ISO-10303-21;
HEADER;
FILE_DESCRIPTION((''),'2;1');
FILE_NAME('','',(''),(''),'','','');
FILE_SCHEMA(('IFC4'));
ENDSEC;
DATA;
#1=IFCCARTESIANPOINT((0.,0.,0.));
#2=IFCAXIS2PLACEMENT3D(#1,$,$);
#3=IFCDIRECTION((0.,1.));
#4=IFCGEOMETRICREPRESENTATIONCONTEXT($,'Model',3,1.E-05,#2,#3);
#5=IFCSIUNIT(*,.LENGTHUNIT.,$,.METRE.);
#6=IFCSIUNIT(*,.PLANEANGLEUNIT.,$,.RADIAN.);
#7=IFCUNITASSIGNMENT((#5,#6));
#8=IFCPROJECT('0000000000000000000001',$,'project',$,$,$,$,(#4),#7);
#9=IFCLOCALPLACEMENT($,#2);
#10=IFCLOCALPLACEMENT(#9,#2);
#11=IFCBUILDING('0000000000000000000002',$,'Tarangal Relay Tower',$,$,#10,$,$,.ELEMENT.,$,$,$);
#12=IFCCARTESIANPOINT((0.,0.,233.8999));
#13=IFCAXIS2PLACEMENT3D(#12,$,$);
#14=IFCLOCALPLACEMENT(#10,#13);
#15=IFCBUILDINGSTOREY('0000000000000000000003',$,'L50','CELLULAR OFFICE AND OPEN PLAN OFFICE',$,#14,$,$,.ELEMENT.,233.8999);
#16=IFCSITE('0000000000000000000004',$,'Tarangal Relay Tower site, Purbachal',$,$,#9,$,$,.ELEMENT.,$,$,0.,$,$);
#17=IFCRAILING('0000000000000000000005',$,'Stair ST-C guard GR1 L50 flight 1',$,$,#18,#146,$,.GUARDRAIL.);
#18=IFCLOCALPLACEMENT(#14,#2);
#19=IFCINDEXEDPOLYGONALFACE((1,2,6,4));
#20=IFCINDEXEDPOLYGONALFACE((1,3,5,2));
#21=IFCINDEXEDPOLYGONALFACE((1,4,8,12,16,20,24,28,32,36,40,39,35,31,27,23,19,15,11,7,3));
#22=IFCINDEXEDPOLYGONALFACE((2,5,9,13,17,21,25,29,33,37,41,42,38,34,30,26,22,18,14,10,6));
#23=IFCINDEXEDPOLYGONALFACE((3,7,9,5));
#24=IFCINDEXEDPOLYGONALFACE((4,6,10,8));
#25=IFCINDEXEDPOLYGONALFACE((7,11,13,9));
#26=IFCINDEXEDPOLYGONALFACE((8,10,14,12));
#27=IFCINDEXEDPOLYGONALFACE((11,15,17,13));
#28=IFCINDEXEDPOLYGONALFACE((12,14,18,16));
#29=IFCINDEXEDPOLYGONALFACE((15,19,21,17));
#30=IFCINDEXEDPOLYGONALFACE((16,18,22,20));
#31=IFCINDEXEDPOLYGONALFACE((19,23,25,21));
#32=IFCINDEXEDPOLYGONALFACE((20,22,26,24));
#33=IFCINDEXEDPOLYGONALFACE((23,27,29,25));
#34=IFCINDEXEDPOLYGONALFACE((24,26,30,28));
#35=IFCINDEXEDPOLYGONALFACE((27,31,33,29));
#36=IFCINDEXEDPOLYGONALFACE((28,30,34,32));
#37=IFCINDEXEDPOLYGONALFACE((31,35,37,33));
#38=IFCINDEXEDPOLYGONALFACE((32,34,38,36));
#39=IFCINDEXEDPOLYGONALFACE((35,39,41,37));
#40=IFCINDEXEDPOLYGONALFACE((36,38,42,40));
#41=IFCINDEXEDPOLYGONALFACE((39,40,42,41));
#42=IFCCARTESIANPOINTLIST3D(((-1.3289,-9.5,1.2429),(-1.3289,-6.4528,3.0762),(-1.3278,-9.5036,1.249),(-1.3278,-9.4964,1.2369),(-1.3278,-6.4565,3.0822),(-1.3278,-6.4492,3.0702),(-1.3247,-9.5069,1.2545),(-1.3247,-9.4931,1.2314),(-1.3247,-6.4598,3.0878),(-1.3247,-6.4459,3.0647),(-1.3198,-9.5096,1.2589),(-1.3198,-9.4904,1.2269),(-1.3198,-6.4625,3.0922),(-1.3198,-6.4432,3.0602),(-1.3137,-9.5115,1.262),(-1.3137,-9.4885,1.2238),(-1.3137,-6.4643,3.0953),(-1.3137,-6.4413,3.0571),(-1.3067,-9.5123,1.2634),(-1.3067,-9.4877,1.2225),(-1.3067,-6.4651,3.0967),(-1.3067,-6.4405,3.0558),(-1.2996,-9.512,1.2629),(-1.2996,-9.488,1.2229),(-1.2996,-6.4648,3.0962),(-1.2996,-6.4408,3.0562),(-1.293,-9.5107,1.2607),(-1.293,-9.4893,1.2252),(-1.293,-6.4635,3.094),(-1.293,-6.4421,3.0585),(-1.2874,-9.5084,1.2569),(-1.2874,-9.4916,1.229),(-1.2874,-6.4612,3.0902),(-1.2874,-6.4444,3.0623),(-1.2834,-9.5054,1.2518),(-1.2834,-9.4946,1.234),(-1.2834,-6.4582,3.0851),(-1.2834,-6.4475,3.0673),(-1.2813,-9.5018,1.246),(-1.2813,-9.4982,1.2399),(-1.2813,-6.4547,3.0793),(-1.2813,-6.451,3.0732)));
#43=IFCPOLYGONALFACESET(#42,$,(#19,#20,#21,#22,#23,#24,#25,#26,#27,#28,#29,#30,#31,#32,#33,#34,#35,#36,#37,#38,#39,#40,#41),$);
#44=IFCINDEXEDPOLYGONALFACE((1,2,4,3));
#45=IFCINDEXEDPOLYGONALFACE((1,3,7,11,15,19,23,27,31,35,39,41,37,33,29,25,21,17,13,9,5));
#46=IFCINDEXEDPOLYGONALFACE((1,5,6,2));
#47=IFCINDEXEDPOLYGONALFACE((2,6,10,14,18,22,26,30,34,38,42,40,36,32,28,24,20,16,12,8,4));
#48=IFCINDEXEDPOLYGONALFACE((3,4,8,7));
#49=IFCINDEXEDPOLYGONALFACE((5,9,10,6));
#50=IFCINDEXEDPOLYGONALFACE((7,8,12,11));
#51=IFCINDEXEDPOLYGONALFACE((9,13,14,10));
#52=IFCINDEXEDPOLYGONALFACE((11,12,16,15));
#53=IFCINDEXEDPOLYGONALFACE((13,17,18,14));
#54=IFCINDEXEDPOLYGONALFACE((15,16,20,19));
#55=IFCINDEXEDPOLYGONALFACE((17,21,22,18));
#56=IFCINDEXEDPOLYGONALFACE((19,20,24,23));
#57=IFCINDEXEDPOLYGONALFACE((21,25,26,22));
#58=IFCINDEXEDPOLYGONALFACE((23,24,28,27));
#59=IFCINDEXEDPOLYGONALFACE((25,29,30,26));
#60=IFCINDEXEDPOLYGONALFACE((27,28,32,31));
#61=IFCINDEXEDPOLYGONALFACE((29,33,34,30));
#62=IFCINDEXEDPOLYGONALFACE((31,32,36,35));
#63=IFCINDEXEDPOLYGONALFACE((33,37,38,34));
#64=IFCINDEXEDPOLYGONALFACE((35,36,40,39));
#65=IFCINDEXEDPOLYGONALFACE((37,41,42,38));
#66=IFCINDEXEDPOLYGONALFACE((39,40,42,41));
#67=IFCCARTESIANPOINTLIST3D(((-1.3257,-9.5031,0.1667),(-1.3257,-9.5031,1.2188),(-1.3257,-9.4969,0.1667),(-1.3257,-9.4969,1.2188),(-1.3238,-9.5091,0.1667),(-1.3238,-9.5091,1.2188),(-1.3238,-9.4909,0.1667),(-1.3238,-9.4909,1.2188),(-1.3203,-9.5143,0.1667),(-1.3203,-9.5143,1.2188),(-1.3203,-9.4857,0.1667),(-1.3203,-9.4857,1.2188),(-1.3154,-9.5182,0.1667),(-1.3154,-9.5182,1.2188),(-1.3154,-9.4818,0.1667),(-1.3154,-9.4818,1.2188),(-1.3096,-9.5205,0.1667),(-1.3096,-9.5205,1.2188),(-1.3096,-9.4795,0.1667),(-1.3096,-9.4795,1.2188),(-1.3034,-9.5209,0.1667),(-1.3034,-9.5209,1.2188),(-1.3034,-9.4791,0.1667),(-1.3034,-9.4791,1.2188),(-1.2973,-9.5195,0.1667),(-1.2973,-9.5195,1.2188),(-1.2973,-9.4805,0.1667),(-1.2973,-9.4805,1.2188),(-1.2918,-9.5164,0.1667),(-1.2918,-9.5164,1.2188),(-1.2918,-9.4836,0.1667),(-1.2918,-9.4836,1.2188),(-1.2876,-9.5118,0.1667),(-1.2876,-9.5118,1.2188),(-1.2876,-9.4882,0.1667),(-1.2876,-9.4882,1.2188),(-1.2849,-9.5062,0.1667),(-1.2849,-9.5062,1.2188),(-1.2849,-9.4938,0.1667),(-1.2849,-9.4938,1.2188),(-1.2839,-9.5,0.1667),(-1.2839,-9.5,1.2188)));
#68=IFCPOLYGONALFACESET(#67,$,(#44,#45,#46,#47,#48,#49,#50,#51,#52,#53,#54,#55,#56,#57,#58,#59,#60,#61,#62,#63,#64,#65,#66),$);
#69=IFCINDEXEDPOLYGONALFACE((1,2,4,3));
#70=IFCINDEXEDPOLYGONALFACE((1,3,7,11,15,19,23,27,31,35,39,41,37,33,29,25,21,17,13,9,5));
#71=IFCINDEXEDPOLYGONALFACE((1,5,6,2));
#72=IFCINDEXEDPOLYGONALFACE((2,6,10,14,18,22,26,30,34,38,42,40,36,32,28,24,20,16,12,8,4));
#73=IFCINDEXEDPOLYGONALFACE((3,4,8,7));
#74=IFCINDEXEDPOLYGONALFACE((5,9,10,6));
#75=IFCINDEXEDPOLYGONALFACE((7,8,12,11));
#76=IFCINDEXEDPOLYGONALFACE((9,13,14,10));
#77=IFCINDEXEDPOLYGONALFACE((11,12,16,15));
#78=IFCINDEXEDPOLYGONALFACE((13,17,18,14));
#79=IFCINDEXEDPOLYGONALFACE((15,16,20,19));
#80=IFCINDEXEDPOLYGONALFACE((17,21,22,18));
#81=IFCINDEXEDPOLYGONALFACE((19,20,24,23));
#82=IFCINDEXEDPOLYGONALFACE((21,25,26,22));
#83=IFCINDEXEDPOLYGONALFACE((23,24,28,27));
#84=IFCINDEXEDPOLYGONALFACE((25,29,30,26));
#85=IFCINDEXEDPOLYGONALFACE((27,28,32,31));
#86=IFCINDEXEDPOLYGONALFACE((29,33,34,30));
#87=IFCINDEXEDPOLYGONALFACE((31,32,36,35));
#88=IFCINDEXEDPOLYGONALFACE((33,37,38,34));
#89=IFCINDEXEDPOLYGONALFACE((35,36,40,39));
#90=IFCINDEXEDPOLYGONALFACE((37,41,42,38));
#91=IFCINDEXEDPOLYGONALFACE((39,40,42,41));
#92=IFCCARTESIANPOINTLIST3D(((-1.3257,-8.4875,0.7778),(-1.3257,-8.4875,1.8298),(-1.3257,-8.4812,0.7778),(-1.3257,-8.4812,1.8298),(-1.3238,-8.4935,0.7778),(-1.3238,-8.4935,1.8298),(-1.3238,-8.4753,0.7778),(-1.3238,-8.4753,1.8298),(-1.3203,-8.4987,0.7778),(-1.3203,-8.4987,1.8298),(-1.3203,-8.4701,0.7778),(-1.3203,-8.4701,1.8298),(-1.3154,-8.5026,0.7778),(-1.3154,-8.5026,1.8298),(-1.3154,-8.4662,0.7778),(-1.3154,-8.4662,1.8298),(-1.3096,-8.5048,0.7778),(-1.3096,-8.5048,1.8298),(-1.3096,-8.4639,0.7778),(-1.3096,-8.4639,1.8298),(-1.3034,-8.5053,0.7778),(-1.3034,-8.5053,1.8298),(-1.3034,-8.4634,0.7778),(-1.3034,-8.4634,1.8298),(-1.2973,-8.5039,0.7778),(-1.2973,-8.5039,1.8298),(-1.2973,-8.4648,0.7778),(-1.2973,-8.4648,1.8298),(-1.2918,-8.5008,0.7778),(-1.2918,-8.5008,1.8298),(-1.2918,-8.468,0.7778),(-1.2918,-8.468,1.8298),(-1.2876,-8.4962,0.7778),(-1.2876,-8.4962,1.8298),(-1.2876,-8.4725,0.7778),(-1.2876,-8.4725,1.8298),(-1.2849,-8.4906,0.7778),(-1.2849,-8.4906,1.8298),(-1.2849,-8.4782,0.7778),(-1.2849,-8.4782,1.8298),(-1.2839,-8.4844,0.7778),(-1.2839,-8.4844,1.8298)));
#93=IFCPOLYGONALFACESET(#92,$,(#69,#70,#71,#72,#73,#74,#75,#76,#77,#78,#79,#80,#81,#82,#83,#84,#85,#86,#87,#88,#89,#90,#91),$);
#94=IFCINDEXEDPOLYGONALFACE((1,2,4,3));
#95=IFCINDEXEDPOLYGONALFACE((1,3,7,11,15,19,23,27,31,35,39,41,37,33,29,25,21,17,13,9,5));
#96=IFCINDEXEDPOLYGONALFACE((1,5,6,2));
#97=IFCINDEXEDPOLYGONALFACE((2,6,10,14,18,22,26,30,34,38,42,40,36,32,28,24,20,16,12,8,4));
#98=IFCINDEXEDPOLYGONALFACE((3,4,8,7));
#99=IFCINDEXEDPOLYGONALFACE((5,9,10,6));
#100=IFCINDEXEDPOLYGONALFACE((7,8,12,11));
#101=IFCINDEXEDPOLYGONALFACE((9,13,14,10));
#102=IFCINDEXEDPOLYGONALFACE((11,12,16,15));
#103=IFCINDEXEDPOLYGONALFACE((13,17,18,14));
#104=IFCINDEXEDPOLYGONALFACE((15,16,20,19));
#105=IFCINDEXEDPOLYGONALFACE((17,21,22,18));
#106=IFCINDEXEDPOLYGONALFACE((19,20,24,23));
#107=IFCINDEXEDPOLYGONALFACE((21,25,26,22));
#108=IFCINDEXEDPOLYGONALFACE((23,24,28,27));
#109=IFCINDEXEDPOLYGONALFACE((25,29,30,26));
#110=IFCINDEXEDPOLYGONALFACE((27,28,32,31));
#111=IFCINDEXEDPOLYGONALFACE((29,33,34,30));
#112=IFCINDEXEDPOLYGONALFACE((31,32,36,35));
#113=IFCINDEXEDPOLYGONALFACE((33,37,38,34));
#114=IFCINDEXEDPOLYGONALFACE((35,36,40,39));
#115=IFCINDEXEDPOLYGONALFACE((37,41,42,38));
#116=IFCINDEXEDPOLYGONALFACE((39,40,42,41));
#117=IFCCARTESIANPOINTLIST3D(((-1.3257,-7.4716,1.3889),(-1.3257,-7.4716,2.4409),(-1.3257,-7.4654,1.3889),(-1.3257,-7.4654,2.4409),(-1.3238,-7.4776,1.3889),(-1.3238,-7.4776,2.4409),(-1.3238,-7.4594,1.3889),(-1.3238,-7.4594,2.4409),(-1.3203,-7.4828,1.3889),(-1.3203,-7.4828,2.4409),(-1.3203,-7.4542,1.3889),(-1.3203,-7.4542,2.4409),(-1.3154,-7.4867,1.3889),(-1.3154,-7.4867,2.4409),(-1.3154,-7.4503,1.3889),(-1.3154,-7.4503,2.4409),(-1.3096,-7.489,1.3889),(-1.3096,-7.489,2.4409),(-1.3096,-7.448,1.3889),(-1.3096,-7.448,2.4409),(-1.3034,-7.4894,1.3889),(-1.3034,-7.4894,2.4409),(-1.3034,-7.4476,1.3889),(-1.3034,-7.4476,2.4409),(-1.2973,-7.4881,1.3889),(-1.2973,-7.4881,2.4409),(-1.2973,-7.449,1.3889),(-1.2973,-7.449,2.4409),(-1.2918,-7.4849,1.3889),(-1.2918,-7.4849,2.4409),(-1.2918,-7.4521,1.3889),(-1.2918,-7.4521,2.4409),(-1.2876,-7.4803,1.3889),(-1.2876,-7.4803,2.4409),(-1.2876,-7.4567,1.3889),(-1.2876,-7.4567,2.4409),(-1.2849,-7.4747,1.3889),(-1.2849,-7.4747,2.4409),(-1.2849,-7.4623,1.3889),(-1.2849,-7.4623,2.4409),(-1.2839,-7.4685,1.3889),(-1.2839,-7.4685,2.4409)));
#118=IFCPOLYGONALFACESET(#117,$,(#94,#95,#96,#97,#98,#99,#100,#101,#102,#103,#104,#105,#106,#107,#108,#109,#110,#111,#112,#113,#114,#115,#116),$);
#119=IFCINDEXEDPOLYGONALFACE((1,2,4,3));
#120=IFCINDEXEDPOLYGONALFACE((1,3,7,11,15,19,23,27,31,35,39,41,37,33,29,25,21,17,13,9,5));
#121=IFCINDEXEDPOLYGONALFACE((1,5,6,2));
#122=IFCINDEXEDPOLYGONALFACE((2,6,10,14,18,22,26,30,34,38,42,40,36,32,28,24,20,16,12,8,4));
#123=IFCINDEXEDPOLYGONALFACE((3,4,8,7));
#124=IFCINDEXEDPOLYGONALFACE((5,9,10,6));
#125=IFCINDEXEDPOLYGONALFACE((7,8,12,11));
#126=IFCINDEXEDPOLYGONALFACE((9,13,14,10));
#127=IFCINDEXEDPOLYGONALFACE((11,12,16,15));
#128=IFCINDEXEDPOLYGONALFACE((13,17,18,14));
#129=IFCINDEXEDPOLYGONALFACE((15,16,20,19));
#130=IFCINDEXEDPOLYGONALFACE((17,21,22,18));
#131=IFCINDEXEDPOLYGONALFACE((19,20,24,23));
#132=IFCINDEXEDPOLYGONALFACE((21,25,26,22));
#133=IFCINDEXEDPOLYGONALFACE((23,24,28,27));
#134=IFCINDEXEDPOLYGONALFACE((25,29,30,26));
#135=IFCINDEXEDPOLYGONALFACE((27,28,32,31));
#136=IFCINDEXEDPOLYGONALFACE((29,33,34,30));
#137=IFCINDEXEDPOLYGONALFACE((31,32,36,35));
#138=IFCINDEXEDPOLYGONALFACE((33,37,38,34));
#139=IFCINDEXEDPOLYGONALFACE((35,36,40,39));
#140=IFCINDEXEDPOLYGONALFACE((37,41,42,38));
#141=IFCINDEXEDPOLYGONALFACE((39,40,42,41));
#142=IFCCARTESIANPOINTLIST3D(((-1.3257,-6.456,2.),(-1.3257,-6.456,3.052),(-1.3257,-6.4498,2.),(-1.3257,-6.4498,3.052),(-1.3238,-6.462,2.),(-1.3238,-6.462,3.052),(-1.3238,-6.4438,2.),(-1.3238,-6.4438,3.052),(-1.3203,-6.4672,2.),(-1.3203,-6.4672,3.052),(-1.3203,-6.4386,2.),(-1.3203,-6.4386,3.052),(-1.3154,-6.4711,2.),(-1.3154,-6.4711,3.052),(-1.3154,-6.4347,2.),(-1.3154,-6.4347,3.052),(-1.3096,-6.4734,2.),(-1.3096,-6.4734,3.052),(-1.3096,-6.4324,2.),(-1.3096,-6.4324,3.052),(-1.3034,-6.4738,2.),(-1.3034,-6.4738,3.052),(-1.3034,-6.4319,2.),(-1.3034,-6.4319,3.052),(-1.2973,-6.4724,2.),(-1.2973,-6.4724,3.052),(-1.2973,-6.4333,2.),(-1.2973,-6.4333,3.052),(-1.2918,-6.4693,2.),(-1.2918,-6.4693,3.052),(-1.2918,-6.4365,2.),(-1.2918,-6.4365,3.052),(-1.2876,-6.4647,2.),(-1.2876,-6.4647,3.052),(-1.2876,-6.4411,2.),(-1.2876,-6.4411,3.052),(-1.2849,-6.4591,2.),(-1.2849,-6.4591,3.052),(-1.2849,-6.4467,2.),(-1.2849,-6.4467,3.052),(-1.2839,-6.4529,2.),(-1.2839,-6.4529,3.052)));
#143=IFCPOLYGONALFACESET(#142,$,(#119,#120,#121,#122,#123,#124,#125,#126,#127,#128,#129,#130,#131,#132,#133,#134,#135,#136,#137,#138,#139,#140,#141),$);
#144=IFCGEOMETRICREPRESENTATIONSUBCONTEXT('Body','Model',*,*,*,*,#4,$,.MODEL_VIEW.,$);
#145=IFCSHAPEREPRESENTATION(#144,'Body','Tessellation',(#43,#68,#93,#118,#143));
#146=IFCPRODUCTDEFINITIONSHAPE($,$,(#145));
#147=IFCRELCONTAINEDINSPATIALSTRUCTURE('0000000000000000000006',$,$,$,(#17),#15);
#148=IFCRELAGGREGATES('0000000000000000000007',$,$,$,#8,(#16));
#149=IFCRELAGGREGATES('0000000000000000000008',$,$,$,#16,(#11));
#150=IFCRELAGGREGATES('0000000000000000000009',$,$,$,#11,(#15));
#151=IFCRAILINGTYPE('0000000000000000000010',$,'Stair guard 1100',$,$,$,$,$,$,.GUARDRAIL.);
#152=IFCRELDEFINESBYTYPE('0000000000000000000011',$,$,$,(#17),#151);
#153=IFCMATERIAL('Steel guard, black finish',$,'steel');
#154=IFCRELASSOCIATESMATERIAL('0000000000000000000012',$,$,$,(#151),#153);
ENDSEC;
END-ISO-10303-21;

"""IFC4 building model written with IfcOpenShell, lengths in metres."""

from ifc_helpers import new_model, si_unit, direction, frame, origin, origin_2d, place, context, subcontext, project, spatial, circle, extrude, material, type_object, element, save


model = new_model("IFC4")

# Units and contexts
model_context = context("Model", 3, precision=1e-05, world=origin(), true_north=direction((0.0, 1.0)))
body_context = subcontext(model_context, "Body", "Model", "MODEL_VIEW")
ifc_project = project(units=[si_unit("LENGTHUNIT", "METRE"), si_unit("PLANEANGLEUNIT", "RADIAN")], contexts=[model_context])

# Site, building, storey
site_placement = place(None, origin())
site = spatial("IfcSite", under=ifc_project, at=site_placement, Name="Tarangal Relay Tower site, Purbachal", CompositionType="ELEMENT", RefElevation=0.0)
building_placement = place(site_placement, origin())
building = spatial("IfcBuilding", under=site, at=building_placement, Name="Tarangal Relay Tower", CompositionType="ELEMENT")
storey_placement = place(building_placement, frame((0.0, 0.0, 233.8999)))
storey = spatial("IfcBuildingStorey", under=building, at=storey_placement, Name="L50", Description="CELLULAR OFFICE AND OPEN PLAN OFFICE", CompositionType="ELEMENT", Elevation=233.8999)

# Railing
ifc_material_1 = material(Name="Steel guard, black finish", Category="steel")
railing_type_1 = type_object("IfcRailingType", Name="Stair guard 1100", PredefinedType="GUARDRAIL", material=ifc_material_1)
railing_1_placement = place(storey_placement, frame((-1.3049, -9.5, 0.1667)))
element("IfcRailing", 1, at=railing_1_placement, inside=storey, type_object=railing_type_1, Name="Stair ST-C guard GR1 L50 flight 1", PredefinedType="GUARDRAIL", context=body_context, shape_type="SweptSolid", body=[
    extrude(circle(Radius=0.0239, at=origin_2d()), frame((0.0, 0.0, 1.0762), z_axis=(0.0, 0.856874, 0.515525), x_axis=(-1.0, 0.0, 0.0)), (0.0, 0.0, 1.0), 3.5562),
    extrude(circle(Radius=0.021, at=origin_2d()), origin(), (0.0, 0.0, 1.0), 1.052),
    extrude(circle(Radius=0.021, at=origin_2d()), frame((0.0, 1.0156, 0.6111)), (0.0, 0.0, 1.0), 1.052),
    extrude(circle(Radius=0.021, at=origin_2d()), frame((0.0, 2.0315, 1.2222)), (0.0, 0.0, 1.0), 1.052),
    extrude(circle(Radius=0.021, at=origin_2d()), frame((0.0, 3.0471, 1.8333)), (0.0, 0.0, 1.0), 1.052),
])

save(model, "model.ifc")
